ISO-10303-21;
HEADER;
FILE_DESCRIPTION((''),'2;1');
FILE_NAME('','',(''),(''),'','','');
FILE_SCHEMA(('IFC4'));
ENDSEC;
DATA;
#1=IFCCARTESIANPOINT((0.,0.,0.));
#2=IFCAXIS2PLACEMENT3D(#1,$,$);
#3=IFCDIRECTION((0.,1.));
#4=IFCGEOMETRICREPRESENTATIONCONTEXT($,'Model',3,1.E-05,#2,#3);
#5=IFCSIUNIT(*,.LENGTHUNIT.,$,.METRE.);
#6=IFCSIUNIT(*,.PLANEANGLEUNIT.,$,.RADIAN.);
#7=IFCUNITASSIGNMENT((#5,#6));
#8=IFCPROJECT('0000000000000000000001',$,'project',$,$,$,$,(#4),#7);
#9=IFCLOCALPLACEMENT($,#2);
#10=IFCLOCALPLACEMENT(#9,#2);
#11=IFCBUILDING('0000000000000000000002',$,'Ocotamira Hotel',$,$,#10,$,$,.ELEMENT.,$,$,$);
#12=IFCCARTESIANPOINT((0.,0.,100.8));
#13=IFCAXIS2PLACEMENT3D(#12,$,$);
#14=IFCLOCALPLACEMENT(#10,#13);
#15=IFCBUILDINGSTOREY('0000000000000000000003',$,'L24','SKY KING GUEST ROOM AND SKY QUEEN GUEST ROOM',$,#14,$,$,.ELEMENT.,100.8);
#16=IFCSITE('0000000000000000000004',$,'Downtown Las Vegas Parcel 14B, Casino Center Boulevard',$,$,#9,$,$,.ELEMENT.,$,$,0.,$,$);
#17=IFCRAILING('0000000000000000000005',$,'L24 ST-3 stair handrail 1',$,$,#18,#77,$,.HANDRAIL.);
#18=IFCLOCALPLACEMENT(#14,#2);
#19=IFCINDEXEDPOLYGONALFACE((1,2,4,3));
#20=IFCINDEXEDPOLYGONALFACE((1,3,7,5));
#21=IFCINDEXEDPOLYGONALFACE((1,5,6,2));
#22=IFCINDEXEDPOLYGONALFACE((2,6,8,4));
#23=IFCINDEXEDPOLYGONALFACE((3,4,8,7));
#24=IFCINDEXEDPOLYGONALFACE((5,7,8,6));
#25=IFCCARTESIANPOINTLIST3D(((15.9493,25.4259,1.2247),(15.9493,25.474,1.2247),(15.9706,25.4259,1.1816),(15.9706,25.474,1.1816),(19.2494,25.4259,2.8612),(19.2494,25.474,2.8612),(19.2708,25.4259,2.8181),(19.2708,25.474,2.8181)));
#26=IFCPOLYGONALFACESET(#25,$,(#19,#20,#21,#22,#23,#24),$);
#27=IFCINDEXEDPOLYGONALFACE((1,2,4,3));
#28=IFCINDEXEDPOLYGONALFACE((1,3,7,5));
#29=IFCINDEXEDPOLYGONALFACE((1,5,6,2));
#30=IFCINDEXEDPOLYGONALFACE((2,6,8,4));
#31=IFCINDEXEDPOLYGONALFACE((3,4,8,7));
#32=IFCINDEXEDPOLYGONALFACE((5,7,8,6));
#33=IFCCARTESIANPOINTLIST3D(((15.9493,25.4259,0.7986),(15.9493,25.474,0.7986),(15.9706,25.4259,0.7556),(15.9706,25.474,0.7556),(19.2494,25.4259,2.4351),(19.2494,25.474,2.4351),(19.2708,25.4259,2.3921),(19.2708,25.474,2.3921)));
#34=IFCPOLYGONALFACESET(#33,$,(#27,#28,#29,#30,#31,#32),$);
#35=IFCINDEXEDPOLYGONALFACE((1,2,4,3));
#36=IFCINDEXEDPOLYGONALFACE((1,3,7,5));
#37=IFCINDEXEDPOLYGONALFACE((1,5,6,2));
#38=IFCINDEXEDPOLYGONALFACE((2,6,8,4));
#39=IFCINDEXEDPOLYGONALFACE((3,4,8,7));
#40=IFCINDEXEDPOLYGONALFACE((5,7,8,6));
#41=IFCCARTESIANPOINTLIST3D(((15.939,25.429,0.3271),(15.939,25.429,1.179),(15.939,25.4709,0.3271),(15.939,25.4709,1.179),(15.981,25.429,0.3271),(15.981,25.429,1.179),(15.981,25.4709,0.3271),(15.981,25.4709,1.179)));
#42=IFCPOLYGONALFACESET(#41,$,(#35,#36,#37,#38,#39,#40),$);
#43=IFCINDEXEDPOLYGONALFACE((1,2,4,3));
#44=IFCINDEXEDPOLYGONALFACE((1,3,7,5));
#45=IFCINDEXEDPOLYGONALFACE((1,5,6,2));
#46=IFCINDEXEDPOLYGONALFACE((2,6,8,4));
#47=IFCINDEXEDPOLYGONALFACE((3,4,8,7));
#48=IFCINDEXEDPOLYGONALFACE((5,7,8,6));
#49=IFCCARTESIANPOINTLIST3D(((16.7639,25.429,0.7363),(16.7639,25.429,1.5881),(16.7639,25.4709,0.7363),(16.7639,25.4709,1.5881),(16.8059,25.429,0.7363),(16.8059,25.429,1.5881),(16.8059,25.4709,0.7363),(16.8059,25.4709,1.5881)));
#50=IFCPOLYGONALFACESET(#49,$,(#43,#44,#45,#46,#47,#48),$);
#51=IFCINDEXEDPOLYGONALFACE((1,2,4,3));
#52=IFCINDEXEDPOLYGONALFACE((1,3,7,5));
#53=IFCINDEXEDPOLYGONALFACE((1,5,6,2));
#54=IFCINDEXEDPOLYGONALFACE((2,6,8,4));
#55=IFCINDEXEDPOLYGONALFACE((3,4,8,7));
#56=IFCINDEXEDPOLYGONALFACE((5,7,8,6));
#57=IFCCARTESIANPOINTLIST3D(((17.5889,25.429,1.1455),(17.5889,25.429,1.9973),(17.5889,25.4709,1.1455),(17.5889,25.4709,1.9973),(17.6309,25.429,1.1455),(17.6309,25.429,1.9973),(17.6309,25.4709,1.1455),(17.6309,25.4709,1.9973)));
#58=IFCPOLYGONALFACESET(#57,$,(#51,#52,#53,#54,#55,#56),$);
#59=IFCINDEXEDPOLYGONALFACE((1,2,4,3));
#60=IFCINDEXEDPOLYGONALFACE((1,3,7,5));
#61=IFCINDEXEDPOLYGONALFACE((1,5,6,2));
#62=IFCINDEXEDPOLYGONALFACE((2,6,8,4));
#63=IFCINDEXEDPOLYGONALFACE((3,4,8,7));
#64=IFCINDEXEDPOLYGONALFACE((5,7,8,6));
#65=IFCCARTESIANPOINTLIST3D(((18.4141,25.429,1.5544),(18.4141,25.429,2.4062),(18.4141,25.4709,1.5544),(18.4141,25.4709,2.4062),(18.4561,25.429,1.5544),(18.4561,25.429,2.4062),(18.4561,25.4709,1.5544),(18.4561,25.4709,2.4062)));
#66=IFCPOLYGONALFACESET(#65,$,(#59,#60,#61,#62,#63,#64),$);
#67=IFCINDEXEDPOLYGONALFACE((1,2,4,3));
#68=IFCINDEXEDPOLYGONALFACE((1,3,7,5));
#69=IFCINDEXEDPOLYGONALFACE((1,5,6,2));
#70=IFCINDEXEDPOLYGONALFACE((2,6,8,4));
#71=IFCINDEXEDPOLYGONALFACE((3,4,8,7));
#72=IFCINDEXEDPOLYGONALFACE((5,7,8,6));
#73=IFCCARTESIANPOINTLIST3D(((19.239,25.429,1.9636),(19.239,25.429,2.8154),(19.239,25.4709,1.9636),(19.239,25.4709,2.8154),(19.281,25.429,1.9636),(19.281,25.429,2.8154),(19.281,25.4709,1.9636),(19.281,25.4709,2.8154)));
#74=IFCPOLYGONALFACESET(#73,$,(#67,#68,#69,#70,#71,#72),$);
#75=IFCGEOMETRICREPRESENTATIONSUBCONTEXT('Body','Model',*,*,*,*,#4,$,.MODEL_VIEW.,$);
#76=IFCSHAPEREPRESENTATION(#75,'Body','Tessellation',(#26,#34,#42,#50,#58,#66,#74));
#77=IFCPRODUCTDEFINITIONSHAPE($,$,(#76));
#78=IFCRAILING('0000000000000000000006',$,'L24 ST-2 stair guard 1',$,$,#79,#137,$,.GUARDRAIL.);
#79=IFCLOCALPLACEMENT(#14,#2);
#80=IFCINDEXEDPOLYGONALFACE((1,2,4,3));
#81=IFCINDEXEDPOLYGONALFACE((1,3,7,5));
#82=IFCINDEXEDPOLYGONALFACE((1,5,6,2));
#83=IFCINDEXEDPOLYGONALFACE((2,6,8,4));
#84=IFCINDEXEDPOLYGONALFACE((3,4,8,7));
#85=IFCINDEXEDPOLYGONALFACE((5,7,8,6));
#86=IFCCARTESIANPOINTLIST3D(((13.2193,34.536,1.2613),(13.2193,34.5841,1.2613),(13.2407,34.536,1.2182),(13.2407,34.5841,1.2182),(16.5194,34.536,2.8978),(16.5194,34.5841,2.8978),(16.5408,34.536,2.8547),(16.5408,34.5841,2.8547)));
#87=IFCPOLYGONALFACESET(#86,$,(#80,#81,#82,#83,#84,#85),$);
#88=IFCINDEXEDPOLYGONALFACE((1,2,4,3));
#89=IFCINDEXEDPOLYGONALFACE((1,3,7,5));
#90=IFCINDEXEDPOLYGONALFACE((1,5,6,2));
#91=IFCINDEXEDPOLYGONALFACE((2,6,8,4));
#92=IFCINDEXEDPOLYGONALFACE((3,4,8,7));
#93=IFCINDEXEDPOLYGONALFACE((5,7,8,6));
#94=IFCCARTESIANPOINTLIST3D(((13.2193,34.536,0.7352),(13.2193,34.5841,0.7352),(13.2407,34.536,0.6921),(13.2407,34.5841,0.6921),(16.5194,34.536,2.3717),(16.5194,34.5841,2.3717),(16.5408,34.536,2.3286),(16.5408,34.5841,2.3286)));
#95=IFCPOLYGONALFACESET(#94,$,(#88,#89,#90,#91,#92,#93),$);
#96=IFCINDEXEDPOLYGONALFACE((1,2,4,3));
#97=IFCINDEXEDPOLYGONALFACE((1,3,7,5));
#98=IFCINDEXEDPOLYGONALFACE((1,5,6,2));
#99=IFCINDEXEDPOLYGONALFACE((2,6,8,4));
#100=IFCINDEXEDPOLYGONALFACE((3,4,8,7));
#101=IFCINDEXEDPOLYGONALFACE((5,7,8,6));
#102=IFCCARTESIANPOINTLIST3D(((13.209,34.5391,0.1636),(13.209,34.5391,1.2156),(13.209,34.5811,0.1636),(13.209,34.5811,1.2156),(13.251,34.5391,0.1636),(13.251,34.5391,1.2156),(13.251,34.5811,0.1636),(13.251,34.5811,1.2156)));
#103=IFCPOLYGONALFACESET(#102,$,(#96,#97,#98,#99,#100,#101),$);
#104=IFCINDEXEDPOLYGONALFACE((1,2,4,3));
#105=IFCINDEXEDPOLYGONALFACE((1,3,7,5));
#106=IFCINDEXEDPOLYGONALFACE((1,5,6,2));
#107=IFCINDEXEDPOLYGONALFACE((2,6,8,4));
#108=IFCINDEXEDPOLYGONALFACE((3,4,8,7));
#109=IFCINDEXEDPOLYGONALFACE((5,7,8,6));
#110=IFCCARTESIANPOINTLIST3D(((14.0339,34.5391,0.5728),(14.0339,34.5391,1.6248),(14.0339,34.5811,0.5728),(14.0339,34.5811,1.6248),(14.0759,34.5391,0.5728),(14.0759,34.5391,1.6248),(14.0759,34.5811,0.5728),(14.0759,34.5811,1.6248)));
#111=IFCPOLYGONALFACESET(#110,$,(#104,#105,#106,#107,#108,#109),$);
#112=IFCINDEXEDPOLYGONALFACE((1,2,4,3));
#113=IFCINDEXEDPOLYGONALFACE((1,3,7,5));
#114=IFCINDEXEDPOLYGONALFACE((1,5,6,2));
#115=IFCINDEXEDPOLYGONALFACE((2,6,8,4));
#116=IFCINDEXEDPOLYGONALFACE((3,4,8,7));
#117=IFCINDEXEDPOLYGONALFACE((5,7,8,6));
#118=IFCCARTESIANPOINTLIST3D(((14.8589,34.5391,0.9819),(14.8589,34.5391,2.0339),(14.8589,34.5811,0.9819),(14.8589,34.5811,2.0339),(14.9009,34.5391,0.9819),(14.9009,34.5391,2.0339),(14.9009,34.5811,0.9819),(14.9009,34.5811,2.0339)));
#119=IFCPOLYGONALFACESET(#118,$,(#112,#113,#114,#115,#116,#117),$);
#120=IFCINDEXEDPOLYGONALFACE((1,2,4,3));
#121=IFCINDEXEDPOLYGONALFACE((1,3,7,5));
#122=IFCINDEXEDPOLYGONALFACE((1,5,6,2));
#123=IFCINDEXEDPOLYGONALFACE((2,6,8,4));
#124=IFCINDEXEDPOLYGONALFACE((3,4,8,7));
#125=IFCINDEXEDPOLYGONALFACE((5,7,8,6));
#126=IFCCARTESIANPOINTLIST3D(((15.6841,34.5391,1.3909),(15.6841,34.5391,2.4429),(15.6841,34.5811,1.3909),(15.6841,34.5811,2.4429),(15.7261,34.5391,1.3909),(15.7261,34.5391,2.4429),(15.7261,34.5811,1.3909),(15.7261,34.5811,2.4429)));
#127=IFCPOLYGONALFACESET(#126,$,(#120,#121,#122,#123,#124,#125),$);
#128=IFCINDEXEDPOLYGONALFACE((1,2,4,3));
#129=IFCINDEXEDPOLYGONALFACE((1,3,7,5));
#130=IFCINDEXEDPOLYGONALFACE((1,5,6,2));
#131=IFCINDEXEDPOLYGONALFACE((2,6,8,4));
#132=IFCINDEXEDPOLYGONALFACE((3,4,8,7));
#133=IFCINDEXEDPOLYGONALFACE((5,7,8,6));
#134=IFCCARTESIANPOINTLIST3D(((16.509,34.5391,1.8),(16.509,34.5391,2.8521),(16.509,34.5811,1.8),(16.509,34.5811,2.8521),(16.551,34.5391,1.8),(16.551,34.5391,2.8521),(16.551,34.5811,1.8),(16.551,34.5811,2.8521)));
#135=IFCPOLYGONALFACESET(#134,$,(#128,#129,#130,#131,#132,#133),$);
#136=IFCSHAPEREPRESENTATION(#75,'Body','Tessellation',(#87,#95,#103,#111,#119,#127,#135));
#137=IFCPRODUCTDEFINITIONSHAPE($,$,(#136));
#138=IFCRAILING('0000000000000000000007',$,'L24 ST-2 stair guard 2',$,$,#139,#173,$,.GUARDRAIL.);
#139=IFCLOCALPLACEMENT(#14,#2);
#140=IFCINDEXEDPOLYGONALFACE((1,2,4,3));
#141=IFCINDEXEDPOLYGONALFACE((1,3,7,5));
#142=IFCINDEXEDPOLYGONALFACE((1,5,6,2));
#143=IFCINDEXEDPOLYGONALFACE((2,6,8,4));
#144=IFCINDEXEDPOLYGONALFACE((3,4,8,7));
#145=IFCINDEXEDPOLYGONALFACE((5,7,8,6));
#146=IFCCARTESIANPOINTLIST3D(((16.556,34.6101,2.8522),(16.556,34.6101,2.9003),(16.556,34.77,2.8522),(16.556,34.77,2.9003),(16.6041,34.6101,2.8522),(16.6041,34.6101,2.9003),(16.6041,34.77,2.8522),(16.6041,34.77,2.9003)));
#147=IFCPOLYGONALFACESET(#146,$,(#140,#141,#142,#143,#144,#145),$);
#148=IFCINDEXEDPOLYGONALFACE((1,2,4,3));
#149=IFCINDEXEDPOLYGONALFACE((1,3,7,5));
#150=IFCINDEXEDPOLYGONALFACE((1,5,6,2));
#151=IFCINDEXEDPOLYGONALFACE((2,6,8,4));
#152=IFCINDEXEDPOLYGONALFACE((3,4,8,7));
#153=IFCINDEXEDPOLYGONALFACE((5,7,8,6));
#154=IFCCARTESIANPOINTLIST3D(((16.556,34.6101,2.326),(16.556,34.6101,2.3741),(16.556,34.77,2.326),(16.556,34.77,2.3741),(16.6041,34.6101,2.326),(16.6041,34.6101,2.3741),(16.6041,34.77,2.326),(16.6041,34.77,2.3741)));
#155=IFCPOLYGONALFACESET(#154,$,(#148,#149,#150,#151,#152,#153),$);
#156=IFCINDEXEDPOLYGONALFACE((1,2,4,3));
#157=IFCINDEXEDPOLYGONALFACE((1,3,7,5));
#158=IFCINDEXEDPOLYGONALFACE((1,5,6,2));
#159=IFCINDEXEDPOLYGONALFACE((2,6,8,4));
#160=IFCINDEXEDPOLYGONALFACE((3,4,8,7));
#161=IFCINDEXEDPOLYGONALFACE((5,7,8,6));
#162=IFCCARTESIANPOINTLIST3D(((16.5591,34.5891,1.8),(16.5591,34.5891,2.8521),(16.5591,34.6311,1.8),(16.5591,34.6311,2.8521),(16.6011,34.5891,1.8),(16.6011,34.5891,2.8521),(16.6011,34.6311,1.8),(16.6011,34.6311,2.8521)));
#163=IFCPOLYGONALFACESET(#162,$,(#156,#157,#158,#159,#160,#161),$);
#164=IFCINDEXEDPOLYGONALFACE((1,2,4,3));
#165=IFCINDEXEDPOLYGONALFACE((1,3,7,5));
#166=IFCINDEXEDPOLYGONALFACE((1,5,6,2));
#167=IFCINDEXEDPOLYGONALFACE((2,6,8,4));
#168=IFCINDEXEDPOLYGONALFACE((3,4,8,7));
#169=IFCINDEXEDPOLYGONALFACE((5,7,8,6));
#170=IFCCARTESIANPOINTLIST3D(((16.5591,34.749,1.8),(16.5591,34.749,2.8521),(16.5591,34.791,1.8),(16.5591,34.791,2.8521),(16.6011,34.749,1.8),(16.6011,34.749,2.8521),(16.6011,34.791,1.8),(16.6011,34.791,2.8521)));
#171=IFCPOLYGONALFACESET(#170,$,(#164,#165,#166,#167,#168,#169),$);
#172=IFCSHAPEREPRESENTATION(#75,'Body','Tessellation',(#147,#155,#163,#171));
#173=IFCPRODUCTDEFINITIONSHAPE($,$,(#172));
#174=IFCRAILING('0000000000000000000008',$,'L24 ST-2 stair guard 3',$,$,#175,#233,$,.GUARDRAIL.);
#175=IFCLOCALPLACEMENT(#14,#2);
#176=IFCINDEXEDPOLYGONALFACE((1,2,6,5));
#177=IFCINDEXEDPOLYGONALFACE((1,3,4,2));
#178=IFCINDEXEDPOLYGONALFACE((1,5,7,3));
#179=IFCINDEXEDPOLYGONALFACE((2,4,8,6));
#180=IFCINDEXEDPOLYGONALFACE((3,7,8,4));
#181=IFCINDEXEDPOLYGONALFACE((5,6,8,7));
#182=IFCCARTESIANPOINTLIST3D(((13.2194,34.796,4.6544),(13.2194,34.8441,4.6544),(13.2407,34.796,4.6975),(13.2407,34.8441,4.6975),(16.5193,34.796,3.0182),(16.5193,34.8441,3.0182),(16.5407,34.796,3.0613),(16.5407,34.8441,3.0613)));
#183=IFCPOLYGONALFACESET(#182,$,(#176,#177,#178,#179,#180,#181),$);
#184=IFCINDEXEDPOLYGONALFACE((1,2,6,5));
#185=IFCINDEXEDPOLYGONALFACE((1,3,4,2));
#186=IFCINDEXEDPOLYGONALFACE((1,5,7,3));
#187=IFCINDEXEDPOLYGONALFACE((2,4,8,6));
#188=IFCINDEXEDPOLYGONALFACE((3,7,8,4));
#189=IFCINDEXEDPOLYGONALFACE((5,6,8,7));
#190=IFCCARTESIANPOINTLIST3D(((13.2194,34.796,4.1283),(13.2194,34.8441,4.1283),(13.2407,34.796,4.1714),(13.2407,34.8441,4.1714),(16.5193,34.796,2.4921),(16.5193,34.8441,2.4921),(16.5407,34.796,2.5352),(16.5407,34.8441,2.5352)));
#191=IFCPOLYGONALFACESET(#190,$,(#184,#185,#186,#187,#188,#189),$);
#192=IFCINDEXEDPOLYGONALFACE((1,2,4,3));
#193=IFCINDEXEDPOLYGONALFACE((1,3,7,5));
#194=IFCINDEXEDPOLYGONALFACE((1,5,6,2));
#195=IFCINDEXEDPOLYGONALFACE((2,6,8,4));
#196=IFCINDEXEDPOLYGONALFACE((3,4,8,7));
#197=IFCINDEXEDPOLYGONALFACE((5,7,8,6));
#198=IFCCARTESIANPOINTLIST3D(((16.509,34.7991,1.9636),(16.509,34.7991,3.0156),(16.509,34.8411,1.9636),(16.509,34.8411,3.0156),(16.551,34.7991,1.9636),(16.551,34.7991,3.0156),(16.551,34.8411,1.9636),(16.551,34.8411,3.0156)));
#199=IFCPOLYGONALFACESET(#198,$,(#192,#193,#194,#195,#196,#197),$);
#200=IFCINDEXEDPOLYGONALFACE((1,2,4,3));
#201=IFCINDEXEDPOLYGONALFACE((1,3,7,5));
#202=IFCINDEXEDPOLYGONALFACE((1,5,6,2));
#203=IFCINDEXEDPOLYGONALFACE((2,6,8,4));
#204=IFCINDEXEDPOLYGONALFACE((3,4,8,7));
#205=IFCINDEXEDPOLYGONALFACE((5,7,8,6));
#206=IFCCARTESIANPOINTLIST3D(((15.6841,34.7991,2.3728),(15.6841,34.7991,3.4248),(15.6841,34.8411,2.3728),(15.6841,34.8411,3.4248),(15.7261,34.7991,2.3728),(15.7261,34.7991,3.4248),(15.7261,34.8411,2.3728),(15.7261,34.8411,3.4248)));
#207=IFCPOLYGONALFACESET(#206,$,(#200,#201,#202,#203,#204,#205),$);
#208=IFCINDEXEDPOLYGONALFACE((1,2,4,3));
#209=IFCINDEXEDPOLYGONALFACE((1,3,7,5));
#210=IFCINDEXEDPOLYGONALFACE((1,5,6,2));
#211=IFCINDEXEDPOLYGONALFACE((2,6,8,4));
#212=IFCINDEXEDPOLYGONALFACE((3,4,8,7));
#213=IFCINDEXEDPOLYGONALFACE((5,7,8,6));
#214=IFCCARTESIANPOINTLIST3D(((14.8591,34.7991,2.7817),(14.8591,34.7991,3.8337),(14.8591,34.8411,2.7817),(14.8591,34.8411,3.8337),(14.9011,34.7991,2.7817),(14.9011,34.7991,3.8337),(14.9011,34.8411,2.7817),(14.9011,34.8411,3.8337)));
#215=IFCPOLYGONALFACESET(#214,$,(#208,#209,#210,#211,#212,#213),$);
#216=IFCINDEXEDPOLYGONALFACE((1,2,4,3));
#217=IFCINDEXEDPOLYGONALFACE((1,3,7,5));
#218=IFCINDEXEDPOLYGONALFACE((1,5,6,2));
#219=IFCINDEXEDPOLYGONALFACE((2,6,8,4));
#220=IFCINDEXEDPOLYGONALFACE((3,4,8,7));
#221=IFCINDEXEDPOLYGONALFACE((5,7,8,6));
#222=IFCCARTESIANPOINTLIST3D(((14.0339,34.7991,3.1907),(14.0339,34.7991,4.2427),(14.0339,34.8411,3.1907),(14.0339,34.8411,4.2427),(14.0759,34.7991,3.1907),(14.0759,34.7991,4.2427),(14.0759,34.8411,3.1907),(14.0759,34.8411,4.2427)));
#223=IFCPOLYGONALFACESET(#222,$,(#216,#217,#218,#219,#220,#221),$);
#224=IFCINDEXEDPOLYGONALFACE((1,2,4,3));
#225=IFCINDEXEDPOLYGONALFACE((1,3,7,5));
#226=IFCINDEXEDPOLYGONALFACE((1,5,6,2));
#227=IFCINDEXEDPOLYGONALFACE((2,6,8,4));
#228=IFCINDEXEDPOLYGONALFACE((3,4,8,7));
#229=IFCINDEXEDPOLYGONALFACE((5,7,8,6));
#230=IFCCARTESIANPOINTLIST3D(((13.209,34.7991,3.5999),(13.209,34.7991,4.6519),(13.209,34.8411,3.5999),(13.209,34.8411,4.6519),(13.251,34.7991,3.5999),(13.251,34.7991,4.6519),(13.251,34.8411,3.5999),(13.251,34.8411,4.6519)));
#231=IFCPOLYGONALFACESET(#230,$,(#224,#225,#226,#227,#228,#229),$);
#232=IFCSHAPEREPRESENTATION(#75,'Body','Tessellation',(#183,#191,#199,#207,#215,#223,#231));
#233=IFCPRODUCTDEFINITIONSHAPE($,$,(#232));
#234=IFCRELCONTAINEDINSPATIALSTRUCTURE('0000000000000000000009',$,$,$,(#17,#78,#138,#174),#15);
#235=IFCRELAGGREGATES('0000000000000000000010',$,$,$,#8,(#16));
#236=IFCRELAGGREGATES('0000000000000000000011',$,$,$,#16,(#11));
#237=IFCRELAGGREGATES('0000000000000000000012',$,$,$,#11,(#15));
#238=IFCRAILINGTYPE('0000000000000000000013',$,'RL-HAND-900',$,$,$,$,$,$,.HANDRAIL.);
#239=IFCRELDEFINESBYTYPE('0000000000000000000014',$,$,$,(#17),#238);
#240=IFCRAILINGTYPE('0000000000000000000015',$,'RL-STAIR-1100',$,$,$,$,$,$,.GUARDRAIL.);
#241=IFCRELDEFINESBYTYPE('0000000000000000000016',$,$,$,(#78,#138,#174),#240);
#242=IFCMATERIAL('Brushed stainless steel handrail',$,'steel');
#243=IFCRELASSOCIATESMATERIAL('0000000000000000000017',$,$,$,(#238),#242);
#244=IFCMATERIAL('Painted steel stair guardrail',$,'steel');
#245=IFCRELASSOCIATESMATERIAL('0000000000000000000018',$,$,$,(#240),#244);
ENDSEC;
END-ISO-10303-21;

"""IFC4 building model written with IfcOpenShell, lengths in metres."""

from ifc_helpers import new_model, si_unit, direction, frame, origin, origin_2d, place, context, subcontext, project, spatial, rectangle, extrude, material, type_object, element, save


model = new_model("IFC4")

# Units and contexts
model_context = context("Model", 3, precision=1e-05, world=origin(), true_north=direction((0.0, 1.0)))
body_context = subcontext(model_context, "Body", "Model", "MODEL_VIEW")
ifc_project = project(units=[si_unit("LENGTHUNIT", "METRE"), si_unit("PLANEANGLEUNIT", "RADIAN")], contexts=[model_context])

# Site, building, storey
site_placement = place(None, origin())
site = spatial("IfcSite", under=ifc_project, at=site_placement, Name="Downtown Las Vegas Parcel 14B, Casino Center Boulevard", CompositionType="ELEMENT", RefElevation=0.0)
building_placement = place(site_placement, origin())
building = spatial("IfcBuilding", under=site, at=building_placement, Name="Ocotamira Hotel", CompositionType="ELEMENT")
storey_placement = place(building_placement, frame((0.0, 0.0, 100.8)))
storey = spatial("IfcBuildingStorey", under=building, at=storey_placement, Name="L24", Description="SKY KING GUEST ROOM AND SKY QUEEN GUEST ROOM", CompositionType="ELEMENT", Elevation=100.8)

# Railings
ifc_material_1 = material(Name="Brushed stainless steel handrail", Category="steel")
railing_type_1 = type_object("IfcRailingType", Name="RL-HAND-900", PredefinedType="HANDRAIL", material=ifc_material_1)
railing_1_placement = place(storey_placement, frame((15.96, 25.45, 0.3271)))
element("IfcRailing", 1, at=railing_1_placement, inside=storey, type_object=railing_type_1, Name="L24 ST-3 stair handrail 1", PredefinedType="HANDRAIL", context=body_context, shape_type="SweptSolid", body=[
    extrude(rectangle(XDim=0.0481, YDim=0.0481, at=origin_2d()), frame((0.0, 0.0, 0.876), z_axis=(0.895894, 0.0, 0.444268), x_axis=(0.0, 1.0, 0.0)), (0.0, 0.0, 1.0), 3.6836),
    extrude(rectangle(XDim=0.0481, YDim=0.0481, at=origin_2d()), frame((0.0, 0.0, 0.45), z_axis=(0.895894, 0.0, 0.444268), x_axis=(0.0, 1.0, 0.0)), (0.0, 0.0, 1.0), 3.6836),
    extrude(rectangle(XDim=0.042, YDim=0.042, at=origin_2d()), origin(), (0.0, 0.0, 1.0), 0.8518),
    extrude(rectangle(XDim=0.042, YDim=0.042, at=origin_2d()), frame((0.825, 0.0, 0.4092)), (0.0, 0.0, 1.0), 0.8518),
    extrude(rectangle(XDim=0.042, YDim=0.042, at=origin_2d()), frame((1.6499, 0.0, 0.8184)), (0.0, 0.0, 1.0), 0.8518),
    extrude(rectangle(XDim=0.042, YDim=0.042, at=origin_2d()), frame((2.4751, 0.0, 1.2273)), (0.0, 0.0, 1.0), 0.8518),
    extrude(rectangle(XDim=0.042, YDim=0.042, at=origin_2d()), frame((3.3, 0.0, 1.6365)), (0.0, 0.0, 1.0), 0.8518),
])
ifc_material_2 = material(Name="Painted steel stair guardrail", Category="steel")
railing_type_2 = type_object("IfcRailingType", Name="RL-STAIR-1100", PredefinedType="GUARDRAIL", material=ifc_material_2)
railing_2_placement = place(storey_placement, frame((13.23, 34.5601, 0.1636)))
element("IfcRailing", 2, at=railing_2_placement, inside=storey, type_object=railing_type_2, Name="L24 ST-2 stair guard 1", PredefinedType="GUARDRAIL", context=body_context, shape_type="SweptSolid", body=[
    extrude(rectangle(XDim=0.0481, YDim=0.0481, at=origin_2d()), frame((0.0, 0.0, 1.0762), z_axis=(0.895894, 0.0, 0.444268), x_axis=(0.0, 1.0, 0.0)), (0.0, 0.0, 1.0), 3.6836),
    extrude(rectangle(XDim=0.0481, YDim=0.0481, at=origin_2d()), frame((0.0, 0.0, 0.55), z_axis=(0.895894, 0.0, 0.444268), x_axis=(0.0, 1.0, 0.0)), (0.0, 0.0, 1.0), 3.6836),
    extrude(rectangle(XDim=0.042, YDim=0.042, at=origin_2d()), origin(), (0.0, 0.0, 1.0), 1.052),
    extrude(rectangle(XDim=0.042, YDim=0.042, at=origin_2d()), frame((0.825, 0.0, 0.4092)), (0.0, 0.0, 1.0), 1.052),
    extrude(rectangle(XDim=0.042, YDim=0.042, at=origin_2d()), frame((1.6499, 0.0, 0.8184)), (0.0, 0.0, 1.0), 1.052),
    extrude(rectangle(XDim=0.042, YDim=0.042, at=origin_2d()), frame((2.4751, 0.0, 1.2273)), (0.0, 0.0, 1.0), 1.052),
    extrude(rectangle(XDim=0.042, YDim=0.042, at=origin_2d()), frame((3.3, 0.0, 1.6365)), (0.0, 0.0, 1.0), 1.052),
])
railing_3_placement = place(storey_placement, frame((16.5801, 34.6101, 1.8)))
element("IfcRailing", 3, at=railing_3_placement, inside=storey, type_object=railing_type_2, Name="L24 ST-2 stair guard 2", PredefinedType="GUARDRAIL", context=body_context, shape_type="SweptSolid", body=[
    extrude(rectangle(XDim=0.0481, YDim=0.0481, at=origin_2d()), frame((0.0, 0.0, 1.0762), z_axis=(0.0, 1.0, 0.0), x_axis=(-1.0, 0.0, 0.0)), (0.0, 0.0, 1.0), 0.1599),
    extrude(rectangle(XDim=0.0481, YDim=0.0481, at=origin_2d()), frame((0.0, 0.0, 0.55), z_axis=(0.0, 1.0, 0.0), x_axis=(-1.0, 0.0, 0.0)), (0.0, 0.0, 1.0), 0.1599),
    extrude(rectangle(XDim=0.042, YDim=0.042, at=origin_2d()), origin(), (0.0, 0.0, 1.0), 1.052),
    extrude(rectangle(XDim=0.042, YDim=0.042, at=origin_2d()), frame((0.0, 0.1599, 0.0)), (0.0, 0.0, 1.0), 1.052),
])
railing_4_placement = place(storey_placement, frame((16.53, 34.8201, 1.9636)))
element("IfcRailing", 4, at=railing_4_placement, inside=storey, type_object=railing_type_2, Name="L24 ST-2 stair guard 3", PredefinedType="GUARDRAIL", context=body_context, shape_type="SweptSolid", body=[
    extrude(rectangle(XDim=0.0481, YDim=0.0481, at=origin_2d()), frame((0.0, 0.0, 1.0762), z_axis=(-0.89592, 0.0, 0.444215), x_axis=(0.0, -1.0, 0.0)), (0.0, 0.0, 1.0), 3.6833),
    extrude(rectangle(XDim=0.0481, YDim=0.0481, at=origin_2d()), frame((0.0, 0.0, 0.55), z_axis=(-0.89592, 0.0, 0.444215), x_axis=(0.0, -1.0, 0.0)), (0.0, 0.0, 1.0), 3.6833),
    extrude(rectangle(XDim=0.042, YDim=0.042, at=origin_2d()), origin(), (0.0, 0.0, 1.0), 1.052),
    extrude(rectangle(XDim=0.042, YDim=0.042, at=origin_2d()), frame((-0.825, 0.0, 0.4092)), (0.0, 0.0, 1.0), 1.052),
    extrude(rectangle(XDim=0.042, YDim=0.042, at=origin_2d()), frame((-1.6499, 0.0, 0.8181)), (0.0, 0.0, 1.0), 1.052),
    extrude(rectangle(XDim=0.042, YDim=0.042, at=origin_2d()), frame((-2.4751, 0.0, 1.2271)), (0.0, 0.0, 1.0), 1.052),
    extrude(rectangle(XDim=0.042, YDim=0.042, at=origin_2d()), frame((-3.3, 0.0, 1.6362)), (0.0, 0.0, 1.0), 1.052),
])

save(model, "model.ifc")
